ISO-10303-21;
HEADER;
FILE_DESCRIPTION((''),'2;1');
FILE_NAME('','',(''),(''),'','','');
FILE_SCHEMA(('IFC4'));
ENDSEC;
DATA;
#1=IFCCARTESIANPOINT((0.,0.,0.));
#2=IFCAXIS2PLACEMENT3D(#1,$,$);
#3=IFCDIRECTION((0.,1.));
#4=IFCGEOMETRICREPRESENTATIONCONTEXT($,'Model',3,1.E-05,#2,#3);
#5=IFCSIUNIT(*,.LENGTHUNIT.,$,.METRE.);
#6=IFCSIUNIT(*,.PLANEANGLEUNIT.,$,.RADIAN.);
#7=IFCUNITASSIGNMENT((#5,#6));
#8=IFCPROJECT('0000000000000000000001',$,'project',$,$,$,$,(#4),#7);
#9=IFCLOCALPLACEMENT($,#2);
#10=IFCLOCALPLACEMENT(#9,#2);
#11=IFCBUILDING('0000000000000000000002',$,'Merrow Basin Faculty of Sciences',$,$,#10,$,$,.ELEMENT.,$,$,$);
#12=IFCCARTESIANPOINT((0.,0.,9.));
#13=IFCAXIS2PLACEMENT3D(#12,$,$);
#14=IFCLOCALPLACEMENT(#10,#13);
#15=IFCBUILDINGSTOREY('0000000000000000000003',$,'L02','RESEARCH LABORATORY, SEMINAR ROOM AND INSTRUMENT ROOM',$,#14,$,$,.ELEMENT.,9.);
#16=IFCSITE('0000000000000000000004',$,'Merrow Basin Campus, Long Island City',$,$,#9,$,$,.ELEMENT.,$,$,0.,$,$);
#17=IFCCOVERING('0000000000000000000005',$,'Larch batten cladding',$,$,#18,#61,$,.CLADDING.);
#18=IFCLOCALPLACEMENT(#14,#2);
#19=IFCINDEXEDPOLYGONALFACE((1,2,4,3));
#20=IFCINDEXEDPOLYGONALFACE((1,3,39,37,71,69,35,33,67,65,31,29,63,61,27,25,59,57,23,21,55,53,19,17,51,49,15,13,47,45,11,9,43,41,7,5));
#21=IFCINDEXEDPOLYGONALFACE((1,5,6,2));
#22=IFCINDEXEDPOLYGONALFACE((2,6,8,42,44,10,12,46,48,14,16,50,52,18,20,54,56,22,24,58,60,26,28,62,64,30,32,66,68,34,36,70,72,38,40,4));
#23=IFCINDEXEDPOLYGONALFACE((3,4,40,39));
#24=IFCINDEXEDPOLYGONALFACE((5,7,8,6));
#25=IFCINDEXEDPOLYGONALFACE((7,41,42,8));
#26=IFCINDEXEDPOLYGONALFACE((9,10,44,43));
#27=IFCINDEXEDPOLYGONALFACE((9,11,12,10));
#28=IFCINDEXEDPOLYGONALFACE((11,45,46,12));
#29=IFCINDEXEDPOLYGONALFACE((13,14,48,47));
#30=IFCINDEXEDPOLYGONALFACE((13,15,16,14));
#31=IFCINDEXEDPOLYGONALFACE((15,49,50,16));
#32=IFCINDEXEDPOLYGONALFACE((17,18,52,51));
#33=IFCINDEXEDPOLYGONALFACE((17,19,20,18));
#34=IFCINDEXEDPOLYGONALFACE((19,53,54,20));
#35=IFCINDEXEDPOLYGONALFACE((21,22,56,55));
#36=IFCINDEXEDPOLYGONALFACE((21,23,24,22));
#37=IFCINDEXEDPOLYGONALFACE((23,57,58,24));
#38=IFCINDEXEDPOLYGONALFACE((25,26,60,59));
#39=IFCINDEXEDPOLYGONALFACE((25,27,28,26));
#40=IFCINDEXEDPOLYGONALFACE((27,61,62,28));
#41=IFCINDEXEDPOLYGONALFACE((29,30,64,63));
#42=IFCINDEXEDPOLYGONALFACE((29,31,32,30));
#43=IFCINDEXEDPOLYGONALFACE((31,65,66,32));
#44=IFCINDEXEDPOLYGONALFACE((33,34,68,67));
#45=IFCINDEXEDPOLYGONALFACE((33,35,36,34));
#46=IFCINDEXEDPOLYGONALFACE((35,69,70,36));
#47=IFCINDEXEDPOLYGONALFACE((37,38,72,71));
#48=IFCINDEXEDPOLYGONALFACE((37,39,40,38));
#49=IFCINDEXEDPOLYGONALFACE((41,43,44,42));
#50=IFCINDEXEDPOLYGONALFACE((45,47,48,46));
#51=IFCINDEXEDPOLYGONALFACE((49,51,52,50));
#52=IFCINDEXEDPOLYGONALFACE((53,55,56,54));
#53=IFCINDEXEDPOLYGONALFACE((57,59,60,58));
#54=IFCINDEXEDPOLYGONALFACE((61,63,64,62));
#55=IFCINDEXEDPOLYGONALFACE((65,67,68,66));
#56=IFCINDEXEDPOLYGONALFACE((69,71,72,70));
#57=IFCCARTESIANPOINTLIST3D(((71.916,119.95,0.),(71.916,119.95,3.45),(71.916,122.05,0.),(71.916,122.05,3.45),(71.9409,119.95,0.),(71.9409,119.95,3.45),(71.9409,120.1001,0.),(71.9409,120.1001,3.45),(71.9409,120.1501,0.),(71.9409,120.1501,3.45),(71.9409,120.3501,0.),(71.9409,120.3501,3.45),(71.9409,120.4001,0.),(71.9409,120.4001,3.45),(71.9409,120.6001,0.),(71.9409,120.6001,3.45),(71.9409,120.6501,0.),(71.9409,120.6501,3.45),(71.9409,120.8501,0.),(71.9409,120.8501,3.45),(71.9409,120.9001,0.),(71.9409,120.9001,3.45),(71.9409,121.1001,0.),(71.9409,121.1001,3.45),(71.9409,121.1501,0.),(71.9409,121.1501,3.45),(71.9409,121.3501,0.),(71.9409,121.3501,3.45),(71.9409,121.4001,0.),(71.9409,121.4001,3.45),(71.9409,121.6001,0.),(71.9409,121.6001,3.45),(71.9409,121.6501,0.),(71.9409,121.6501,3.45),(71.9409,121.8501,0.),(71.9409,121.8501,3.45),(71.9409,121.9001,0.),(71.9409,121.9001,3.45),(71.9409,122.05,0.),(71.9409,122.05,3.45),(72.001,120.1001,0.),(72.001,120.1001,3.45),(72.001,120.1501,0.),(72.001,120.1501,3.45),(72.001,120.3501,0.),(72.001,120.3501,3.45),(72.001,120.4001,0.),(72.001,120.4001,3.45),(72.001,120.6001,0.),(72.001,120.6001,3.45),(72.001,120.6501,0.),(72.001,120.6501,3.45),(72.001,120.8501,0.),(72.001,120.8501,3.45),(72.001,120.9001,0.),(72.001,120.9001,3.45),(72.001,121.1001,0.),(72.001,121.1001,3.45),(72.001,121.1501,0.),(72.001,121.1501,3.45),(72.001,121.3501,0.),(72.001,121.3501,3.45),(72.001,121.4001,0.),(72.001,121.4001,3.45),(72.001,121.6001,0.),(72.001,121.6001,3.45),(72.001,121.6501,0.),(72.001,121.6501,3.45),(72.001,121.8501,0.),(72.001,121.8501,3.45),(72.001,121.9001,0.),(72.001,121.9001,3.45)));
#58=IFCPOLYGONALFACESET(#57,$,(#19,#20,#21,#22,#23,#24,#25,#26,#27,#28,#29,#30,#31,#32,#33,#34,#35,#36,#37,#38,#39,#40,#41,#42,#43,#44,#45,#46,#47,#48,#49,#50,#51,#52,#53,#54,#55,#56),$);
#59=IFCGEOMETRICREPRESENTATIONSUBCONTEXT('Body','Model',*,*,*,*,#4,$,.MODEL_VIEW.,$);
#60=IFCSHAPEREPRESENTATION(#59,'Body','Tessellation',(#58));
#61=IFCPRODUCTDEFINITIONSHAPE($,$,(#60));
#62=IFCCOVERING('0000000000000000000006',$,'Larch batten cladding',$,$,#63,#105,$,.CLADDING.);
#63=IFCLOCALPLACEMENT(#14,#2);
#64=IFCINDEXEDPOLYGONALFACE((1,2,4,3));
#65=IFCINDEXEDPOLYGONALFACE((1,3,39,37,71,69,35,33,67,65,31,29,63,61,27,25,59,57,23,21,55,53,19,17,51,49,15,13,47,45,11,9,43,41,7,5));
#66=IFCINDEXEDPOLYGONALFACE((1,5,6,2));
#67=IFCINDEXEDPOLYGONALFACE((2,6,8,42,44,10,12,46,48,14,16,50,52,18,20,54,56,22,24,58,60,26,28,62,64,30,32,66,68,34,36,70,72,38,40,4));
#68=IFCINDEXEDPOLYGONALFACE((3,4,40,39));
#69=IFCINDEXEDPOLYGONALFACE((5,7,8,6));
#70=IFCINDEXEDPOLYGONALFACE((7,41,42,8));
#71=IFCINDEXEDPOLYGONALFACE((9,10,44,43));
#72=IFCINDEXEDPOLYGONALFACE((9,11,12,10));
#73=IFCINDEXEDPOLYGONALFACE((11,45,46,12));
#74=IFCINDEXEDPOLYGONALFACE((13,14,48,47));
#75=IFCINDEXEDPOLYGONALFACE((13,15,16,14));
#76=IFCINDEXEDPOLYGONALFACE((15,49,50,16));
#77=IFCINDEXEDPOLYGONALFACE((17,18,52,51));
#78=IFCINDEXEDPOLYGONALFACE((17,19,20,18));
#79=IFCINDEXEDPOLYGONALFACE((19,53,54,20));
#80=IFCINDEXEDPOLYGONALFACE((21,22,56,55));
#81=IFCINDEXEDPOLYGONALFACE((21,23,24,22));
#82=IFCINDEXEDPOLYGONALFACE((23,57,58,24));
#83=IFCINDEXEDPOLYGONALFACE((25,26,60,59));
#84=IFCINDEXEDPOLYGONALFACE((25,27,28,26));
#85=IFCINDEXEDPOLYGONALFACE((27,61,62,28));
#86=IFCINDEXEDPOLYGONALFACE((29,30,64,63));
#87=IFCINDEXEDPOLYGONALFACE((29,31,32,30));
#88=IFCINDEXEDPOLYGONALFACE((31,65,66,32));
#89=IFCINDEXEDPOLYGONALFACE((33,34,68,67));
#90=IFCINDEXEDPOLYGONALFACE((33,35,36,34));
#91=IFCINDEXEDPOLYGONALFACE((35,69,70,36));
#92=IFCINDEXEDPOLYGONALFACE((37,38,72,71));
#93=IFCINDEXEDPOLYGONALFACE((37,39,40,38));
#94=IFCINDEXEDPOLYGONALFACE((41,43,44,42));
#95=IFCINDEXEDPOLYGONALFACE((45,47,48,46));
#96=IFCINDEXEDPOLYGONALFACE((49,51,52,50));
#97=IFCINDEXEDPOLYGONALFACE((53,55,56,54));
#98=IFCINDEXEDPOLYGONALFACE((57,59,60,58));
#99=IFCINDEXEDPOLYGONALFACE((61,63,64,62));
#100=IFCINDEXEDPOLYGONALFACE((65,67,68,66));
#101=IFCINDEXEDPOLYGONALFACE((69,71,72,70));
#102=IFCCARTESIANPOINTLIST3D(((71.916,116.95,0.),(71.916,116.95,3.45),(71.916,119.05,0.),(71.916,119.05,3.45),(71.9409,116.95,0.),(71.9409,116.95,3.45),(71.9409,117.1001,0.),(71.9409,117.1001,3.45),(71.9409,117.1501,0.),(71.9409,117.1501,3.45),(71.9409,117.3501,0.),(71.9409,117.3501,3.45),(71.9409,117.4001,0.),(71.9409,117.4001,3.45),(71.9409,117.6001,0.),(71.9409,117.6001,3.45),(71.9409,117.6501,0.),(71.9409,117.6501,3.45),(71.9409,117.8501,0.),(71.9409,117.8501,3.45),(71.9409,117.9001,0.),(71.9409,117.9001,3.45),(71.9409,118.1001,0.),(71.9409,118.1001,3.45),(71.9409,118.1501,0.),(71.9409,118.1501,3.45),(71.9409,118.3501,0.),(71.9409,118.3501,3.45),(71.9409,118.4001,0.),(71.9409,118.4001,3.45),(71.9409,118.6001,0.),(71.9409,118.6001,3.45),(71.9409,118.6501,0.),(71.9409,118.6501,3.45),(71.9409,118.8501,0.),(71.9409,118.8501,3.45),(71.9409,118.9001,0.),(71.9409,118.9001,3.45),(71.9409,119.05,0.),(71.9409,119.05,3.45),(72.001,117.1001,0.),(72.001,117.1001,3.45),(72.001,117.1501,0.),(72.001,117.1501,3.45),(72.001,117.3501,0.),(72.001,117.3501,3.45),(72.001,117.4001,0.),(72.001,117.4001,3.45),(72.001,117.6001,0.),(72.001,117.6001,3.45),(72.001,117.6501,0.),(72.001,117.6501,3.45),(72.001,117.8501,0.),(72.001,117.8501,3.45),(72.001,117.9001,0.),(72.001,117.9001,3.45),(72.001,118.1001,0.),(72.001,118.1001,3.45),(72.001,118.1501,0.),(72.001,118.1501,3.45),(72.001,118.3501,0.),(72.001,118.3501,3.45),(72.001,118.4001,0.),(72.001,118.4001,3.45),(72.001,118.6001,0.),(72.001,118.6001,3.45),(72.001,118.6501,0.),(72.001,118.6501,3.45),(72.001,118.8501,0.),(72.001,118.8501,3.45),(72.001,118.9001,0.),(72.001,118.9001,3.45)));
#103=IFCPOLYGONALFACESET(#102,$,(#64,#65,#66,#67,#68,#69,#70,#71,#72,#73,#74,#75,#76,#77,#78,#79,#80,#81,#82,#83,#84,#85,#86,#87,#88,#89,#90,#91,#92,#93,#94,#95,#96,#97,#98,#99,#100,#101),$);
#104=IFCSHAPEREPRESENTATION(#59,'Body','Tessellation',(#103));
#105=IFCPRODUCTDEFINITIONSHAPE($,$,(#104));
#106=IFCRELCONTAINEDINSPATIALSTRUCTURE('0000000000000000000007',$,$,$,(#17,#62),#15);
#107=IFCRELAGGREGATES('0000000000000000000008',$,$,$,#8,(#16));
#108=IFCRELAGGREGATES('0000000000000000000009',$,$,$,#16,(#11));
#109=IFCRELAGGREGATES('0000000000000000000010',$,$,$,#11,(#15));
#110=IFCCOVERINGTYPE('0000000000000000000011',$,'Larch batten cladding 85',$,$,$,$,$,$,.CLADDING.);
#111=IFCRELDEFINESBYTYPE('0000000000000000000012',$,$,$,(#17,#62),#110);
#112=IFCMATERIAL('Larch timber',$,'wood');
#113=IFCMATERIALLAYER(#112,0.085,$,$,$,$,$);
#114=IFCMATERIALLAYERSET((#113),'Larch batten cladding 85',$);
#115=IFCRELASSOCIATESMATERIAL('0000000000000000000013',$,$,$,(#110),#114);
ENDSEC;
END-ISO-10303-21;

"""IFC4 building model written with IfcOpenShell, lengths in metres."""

from ifc_helpers import new_model, si_unit, direction, frame, origin, place, context, subcontext, project, spatial, polyline, outline, extrude, source, transform, mapped, material, layer, layer_set, type_object, element, save


model = new_model("IFC4")

# Units and contexts
model_context = context("Model", 3, precision=1e-05, world=origin(), true_north=direction((0.0, 1.0)))
body_context = subcontext(model_context, "Body", "Model", "MODEL_VIEW")
ifc_project = project(units=[si_unit("LENGTHUNIT", "METRE"), si_unit("PLANEANGLEUNIT", "RADIAN")], contexts=[model_context])

# Site, building, storey
site_placement = place(None, origin())
site = spatial("IfcSite", under=ifc_project, at=site_placement, Name="Merrow Basin Campus, Long Island City", CompositionType="ELEMENT", RefElevation=0.0)
building_placement = place(site_placement, origin())
building = spatial("IfcBuilding", under=site, at=building_placement, Name="Merrow Basin Faculty of Sciences", CompositionType="ELEMENT")
storey_placement = place(building_placement, frame((0.0, 0.0, 9.0)))
storey = spatial("IfcBuildingStorey", under=building, at=storey_placement, Name="L02", Description="RESEARCH LABORATORY, SEMINAR ROOM AND INSTRUMENT ROOM", CompositionType="ELEMENT", Elevation=9.0)

# Coverings
ifc_material_1 = material(Name="Larch timber", Category="wood")
ifc_layer_1 = layer(ifc_material_1, 0.085)
ifc_layer_set_1 = layer_set([ifc_layer_1], Name="Larch batten cladding 85")
covering_type = type_object("IfcCoveringType", Name="Larch batten cladding 85", PredefinedType="CLADDING", material=ifc_layer_set_1)
shared_shape_1 = source(origin(), body_context, "Body", "SweptSolid", [
    extrude(outline(polyline([(0.0, 0.0), (2.1001, 0.0), (2.1001, 0.0249), (1.95, 0.0249), (1.95, 0.085), (1.8999, 0.085), (1.8999, 0.0249), (1.7, 0.0249), (1.7, 0.085), (1.6499, 0.085), (1.6499, 0.0249), (1.45, 0.0249), (1.45, 0.085), (1.3999, 0.085), (1.3999, 0.0249), (1.2, 0.0249), (1.2, 0.085), (1.1499, 0.085), (1.1499, 0.0249), (0.95, 0.0249), (0.95, 0.085), (0.8999, 0.085), (0.8999, 0.0249), (0.7, 0.0249), (0.7, 0.085), (0.6499, 0.085), (0.6499, 0.0249), (0.45, 0.0249), (0.45, 0.085), (0.3999, 0.085), (0.3999, 0.0249), (0.2, 0.0249), (0.2, 0.085), (0.1499, 0.085), (0.1499, 0.0249), (0.0, 0.0249), (0.0, 0.0)])), origin(), (0.0, 0.0, 1.0), 3.45),
])
for number, where, z_axis, x_axis, name in (
    (1, (71.916, 122.05, 0.0), (0.0, 0.0, 1.0), (0.0, -1.0, 0.0), "Larch batten cladding"),
    (2, (71.916, 119.05, 0.0), (0.0, 0.0, 1.0), (0.0, -1.0, 0.0), "Larch batten cladding"),
):
    element("IfcCovering", number, at=place(storey_placement, frame(where, z_axis=z_axis, x_axis=x_axis)), inside=storey, type_object=covering_type, Name=name, PredefinedType="CLADDING", context=body_context, shape_type="MappedRepresentation", body=[
        mapped(shared_shape_1, transform((0.0, 0.0, 0.0), scale=1.0)),
    ])

save(model, "model.ifc")
